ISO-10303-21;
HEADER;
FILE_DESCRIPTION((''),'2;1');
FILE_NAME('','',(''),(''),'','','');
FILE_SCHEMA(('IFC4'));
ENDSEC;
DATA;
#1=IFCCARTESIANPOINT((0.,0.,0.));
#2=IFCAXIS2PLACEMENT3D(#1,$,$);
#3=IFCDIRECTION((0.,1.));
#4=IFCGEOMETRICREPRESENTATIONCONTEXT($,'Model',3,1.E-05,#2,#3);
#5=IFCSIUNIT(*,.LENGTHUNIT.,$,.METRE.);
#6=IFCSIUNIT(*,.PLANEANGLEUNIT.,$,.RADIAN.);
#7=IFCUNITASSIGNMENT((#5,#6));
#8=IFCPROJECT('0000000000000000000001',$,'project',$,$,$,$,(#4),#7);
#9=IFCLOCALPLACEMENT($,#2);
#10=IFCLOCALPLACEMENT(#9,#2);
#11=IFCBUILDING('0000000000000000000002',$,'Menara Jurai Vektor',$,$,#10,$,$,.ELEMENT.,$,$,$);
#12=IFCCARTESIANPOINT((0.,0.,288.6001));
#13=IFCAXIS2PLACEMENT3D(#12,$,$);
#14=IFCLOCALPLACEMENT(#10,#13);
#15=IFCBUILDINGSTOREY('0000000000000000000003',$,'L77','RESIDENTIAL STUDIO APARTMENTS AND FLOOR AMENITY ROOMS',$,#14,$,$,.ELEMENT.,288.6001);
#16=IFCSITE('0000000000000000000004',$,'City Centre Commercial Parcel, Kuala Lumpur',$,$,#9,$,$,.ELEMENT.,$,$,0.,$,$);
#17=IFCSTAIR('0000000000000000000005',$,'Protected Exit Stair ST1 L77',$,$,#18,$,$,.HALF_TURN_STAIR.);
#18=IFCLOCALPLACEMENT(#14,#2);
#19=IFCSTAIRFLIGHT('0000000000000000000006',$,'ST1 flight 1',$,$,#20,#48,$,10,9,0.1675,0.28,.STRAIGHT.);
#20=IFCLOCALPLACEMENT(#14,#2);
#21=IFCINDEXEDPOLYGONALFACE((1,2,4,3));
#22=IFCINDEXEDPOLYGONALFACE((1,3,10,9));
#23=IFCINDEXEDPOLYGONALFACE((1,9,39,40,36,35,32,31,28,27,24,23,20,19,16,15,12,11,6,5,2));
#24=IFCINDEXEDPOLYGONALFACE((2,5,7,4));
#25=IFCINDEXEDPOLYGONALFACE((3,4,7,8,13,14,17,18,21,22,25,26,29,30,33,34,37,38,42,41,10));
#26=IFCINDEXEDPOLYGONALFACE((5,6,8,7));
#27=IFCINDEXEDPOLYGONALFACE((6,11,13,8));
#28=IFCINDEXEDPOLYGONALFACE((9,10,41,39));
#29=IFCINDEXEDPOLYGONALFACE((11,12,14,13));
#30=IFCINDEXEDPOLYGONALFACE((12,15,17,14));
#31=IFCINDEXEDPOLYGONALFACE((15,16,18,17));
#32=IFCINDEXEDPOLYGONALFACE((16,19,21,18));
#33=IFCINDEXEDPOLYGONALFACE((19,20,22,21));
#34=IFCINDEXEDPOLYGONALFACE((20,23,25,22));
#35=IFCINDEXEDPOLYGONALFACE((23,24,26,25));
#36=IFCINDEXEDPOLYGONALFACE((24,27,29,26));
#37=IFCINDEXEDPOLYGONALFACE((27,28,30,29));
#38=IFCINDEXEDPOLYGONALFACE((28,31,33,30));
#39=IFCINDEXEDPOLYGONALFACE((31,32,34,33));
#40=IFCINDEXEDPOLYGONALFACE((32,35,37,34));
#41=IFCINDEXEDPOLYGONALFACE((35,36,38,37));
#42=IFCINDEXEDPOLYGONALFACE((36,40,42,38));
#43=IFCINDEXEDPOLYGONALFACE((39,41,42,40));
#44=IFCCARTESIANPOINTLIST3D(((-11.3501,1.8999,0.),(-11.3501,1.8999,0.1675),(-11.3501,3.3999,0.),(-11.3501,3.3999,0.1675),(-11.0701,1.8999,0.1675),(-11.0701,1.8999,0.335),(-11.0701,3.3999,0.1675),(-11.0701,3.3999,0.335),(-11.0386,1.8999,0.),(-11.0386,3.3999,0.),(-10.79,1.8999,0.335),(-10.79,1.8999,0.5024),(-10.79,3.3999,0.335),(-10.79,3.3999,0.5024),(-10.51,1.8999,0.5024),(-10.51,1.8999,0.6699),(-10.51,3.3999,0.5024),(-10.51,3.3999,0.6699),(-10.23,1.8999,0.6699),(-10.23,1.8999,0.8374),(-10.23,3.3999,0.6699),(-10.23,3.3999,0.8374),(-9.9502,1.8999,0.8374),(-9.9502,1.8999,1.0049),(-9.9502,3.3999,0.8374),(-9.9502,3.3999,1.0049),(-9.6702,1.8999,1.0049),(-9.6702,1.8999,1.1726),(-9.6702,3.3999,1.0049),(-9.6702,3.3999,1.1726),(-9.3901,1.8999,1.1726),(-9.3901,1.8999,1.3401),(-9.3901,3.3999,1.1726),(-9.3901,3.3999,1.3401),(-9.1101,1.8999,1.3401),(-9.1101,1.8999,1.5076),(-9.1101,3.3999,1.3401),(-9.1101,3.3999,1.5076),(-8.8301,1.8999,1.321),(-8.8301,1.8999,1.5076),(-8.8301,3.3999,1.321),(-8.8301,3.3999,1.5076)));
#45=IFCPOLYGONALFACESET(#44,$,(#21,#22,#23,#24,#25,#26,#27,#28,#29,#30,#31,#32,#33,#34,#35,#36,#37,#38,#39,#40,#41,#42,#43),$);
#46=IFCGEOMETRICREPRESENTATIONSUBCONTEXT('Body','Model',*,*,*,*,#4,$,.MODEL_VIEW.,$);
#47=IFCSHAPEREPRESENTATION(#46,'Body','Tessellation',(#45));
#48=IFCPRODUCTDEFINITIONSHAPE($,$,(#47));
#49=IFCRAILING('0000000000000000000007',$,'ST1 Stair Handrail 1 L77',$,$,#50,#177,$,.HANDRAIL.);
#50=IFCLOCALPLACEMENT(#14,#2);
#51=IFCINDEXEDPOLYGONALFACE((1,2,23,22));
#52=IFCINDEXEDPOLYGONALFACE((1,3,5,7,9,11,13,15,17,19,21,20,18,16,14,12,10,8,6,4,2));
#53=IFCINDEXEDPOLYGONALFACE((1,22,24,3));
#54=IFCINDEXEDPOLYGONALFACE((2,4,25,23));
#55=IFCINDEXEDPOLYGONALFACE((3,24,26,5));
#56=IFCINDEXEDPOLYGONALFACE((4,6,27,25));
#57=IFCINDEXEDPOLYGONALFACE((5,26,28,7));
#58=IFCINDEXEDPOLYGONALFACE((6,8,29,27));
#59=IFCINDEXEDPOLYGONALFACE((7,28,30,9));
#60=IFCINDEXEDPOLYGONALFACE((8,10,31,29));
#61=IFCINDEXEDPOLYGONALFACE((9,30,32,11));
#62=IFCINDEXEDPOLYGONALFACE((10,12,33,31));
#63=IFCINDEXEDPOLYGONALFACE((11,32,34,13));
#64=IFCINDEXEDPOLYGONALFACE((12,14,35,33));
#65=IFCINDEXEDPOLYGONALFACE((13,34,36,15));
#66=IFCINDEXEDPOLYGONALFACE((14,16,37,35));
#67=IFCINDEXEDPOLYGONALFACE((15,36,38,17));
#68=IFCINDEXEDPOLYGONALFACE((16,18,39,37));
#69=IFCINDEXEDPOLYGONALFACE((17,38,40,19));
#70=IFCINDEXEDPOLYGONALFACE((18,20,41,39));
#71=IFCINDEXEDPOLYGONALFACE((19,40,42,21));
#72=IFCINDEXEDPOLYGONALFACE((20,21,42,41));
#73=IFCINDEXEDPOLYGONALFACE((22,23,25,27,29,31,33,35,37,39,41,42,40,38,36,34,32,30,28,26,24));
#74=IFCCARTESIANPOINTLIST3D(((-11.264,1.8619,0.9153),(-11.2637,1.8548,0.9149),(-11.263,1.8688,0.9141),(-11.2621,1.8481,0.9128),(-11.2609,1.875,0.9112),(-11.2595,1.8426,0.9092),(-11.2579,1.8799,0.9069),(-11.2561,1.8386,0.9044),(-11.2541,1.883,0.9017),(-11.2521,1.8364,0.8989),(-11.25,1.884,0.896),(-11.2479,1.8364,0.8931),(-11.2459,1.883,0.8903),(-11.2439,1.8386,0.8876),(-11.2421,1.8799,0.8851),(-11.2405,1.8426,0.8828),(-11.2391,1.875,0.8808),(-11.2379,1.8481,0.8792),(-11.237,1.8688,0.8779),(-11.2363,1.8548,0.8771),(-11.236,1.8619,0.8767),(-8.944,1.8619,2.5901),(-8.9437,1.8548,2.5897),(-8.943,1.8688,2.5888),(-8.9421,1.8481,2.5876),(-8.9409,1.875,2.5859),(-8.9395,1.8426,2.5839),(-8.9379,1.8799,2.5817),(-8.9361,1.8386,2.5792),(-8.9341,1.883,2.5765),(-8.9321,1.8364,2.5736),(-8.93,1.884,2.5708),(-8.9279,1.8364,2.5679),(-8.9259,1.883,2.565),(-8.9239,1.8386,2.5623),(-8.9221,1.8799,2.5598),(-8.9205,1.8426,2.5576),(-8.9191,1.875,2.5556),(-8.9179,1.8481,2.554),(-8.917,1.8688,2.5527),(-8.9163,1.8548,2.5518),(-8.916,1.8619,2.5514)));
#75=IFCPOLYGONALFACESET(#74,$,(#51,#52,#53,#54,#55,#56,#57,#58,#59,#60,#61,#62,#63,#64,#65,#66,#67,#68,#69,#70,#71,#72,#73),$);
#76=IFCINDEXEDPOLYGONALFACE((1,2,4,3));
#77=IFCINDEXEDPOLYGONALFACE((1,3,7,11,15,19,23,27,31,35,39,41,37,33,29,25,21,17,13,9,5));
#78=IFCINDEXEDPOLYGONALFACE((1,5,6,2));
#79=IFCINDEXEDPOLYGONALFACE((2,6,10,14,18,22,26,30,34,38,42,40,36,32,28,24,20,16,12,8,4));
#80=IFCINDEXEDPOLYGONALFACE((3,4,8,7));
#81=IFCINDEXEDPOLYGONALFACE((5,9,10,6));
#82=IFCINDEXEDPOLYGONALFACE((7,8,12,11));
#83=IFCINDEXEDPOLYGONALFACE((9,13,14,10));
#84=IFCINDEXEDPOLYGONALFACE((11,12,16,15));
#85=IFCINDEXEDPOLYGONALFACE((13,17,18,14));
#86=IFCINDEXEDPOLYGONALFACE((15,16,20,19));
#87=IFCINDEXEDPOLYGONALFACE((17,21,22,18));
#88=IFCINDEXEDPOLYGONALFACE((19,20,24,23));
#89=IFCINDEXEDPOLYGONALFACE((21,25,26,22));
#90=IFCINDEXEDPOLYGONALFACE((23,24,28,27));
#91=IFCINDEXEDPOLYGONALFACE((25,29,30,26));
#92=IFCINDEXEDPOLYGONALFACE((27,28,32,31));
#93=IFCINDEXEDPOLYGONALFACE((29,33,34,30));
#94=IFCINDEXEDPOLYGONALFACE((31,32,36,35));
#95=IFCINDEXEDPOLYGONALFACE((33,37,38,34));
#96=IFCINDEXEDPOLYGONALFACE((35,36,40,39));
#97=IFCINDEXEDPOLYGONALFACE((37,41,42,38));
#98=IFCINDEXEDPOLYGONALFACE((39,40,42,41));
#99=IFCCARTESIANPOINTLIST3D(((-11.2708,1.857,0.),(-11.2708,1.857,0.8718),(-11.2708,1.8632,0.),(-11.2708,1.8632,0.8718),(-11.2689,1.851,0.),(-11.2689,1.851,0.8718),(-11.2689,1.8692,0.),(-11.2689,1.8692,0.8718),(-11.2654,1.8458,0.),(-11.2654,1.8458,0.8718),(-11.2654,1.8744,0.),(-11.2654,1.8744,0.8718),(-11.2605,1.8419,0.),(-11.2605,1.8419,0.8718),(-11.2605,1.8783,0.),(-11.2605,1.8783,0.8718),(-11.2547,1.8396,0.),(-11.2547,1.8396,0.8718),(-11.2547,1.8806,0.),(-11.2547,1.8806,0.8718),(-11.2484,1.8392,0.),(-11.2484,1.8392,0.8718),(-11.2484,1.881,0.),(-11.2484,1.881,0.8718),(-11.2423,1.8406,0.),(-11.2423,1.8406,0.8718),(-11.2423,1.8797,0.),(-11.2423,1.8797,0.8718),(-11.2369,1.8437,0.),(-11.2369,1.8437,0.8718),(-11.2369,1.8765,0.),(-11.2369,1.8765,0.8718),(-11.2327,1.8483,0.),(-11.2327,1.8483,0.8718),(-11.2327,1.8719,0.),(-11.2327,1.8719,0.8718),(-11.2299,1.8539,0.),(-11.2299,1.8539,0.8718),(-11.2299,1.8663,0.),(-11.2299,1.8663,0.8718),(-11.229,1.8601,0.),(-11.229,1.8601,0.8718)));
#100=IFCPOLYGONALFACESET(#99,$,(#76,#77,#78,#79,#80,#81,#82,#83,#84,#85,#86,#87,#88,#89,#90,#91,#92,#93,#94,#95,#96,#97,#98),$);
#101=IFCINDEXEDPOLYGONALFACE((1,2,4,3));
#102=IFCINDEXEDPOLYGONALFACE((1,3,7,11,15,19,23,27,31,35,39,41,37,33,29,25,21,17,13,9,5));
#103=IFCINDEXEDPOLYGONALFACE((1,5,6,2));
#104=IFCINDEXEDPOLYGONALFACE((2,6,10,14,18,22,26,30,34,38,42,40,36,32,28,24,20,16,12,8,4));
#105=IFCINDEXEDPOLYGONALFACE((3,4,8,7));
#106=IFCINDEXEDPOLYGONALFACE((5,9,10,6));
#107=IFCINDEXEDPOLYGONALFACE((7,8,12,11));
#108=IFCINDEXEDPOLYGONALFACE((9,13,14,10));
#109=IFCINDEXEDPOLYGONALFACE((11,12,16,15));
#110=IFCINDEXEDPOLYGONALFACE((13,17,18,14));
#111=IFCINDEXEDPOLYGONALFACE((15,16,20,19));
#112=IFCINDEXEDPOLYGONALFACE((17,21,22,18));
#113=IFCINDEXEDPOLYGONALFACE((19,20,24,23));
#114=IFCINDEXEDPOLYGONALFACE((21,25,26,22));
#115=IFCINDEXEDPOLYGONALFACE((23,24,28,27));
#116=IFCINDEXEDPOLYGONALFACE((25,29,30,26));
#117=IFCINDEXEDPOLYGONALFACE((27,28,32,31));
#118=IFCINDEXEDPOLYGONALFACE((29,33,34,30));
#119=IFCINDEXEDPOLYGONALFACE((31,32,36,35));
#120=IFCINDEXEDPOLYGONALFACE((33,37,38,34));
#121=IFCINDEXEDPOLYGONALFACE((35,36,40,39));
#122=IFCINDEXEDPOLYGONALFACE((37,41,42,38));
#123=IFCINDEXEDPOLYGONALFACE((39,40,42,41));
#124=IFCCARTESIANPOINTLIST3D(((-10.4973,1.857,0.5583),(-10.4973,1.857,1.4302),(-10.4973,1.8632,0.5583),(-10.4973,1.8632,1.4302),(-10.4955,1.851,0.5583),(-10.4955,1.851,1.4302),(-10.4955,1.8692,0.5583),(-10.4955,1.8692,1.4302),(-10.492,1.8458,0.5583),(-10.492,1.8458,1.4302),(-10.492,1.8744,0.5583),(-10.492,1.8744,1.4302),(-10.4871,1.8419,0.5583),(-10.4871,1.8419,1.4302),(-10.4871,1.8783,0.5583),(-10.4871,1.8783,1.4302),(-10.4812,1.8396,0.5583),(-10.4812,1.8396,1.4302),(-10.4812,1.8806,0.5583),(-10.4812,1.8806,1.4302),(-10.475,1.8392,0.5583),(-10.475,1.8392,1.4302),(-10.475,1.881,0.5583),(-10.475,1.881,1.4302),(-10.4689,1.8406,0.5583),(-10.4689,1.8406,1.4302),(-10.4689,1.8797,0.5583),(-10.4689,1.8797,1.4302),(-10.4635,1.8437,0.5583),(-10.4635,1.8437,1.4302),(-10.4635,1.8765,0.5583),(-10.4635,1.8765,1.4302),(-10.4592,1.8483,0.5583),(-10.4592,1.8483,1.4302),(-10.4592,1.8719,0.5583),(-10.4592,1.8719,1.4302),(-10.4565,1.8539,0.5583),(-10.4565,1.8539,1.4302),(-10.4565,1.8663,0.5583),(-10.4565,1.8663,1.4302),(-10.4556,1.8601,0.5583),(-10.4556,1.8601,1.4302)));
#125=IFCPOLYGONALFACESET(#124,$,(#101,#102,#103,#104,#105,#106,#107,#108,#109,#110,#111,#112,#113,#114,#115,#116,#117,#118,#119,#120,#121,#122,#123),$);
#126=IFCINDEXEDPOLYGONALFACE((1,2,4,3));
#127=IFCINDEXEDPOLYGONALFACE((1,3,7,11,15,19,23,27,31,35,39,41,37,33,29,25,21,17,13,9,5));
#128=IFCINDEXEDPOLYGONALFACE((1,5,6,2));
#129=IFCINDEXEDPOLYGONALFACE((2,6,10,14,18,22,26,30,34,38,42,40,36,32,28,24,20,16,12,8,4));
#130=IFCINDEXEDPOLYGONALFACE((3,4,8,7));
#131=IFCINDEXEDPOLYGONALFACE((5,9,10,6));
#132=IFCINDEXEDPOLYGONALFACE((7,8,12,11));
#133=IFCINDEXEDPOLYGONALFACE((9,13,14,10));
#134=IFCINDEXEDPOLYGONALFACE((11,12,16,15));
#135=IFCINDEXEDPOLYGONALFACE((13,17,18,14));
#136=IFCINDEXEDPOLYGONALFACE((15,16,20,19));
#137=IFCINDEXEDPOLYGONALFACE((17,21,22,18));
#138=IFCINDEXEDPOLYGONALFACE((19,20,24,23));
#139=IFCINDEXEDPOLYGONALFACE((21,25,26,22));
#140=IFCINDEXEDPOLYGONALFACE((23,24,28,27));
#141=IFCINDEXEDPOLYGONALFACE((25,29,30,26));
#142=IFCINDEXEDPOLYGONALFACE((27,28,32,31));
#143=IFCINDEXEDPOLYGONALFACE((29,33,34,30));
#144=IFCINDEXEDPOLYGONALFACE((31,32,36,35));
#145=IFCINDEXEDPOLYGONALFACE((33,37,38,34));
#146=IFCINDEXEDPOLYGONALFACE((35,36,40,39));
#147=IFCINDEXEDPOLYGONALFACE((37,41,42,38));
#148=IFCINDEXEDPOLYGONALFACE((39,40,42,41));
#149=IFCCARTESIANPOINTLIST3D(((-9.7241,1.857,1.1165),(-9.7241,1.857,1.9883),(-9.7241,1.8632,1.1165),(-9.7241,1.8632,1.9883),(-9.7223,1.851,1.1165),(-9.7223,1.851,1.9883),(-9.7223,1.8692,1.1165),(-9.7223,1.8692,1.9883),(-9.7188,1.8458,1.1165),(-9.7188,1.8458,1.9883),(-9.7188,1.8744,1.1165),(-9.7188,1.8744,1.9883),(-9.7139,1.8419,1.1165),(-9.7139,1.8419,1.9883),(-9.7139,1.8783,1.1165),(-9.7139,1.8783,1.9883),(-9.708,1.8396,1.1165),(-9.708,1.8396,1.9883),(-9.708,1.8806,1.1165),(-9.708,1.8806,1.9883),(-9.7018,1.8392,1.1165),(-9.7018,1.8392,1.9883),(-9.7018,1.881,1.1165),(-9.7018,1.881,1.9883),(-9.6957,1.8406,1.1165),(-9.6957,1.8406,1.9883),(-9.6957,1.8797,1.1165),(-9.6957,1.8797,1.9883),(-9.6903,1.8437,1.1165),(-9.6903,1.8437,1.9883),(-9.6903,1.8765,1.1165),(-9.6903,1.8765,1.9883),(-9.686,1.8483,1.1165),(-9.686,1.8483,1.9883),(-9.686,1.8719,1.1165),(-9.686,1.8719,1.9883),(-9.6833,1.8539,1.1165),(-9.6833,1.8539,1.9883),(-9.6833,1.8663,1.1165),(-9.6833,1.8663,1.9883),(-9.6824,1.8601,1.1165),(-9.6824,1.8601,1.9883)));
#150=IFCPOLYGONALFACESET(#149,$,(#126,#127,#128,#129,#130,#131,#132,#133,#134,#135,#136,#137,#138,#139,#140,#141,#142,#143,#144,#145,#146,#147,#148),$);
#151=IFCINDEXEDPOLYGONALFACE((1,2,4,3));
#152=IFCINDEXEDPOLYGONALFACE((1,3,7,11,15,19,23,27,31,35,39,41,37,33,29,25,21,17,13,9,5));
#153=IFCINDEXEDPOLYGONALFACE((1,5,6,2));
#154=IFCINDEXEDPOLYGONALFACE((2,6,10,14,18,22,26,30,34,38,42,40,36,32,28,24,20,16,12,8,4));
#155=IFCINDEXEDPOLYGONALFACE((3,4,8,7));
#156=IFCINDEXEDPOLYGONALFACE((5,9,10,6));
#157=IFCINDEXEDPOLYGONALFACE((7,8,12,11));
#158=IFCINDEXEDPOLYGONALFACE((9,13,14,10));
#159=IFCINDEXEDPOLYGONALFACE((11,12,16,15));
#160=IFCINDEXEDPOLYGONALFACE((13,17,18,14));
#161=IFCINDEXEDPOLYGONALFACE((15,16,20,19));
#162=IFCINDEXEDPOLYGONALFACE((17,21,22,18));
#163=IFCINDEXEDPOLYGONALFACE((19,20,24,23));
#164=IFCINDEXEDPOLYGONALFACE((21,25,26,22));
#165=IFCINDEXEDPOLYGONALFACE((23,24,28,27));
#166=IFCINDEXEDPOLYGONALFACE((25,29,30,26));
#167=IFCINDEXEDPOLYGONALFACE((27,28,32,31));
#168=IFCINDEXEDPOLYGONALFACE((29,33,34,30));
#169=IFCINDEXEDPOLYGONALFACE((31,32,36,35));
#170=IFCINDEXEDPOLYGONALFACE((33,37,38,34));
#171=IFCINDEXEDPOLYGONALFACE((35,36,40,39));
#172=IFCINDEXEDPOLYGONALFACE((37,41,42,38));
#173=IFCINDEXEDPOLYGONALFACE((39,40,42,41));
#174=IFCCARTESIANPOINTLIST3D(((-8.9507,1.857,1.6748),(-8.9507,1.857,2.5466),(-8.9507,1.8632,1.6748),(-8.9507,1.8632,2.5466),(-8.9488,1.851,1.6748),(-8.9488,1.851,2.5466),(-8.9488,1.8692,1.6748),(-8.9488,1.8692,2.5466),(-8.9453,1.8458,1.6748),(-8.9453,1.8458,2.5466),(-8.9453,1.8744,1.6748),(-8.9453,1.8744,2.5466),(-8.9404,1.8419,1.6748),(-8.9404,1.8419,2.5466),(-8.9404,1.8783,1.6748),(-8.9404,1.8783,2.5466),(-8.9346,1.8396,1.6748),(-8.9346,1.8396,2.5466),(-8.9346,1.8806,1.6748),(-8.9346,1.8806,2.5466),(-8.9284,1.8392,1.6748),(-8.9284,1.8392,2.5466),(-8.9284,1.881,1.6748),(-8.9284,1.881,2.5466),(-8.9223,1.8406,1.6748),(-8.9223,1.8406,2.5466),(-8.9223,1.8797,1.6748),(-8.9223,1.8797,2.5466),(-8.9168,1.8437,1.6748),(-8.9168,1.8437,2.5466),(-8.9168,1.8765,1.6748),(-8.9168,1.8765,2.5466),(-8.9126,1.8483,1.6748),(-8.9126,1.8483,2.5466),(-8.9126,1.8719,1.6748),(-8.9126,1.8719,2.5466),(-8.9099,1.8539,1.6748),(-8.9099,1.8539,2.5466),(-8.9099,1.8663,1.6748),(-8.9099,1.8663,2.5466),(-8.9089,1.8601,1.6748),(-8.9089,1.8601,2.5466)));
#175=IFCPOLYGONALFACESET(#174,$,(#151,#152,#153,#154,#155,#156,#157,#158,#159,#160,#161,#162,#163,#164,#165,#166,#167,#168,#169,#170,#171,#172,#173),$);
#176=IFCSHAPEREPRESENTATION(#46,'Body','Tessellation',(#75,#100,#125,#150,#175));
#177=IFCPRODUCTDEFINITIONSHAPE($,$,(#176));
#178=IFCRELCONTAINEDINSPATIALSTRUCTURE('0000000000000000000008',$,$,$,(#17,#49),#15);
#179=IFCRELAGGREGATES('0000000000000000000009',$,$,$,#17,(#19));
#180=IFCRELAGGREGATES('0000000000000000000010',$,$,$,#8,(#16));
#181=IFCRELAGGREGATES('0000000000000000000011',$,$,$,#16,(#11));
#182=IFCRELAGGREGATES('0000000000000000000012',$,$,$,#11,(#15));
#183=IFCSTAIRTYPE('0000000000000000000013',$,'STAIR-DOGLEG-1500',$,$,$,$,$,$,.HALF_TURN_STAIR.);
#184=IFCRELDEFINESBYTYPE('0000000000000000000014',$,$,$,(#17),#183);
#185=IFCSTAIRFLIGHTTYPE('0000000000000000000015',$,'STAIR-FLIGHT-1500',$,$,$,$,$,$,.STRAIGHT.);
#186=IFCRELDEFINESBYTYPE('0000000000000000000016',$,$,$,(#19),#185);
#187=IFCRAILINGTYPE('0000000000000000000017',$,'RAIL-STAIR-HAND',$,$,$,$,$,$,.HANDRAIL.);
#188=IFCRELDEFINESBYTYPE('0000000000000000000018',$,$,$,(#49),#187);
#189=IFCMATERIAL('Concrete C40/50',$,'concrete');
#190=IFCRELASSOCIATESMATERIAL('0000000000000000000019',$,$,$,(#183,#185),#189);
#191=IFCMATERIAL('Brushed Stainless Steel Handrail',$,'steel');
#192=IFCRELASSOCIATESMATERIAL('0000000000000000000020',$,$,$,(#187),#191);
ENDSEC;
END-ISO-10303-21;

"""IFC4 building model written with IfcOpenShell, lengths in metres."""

from ifc_helpers import new_model, si_unit, direction, frame, origin, origin_2d, place, context, subcontext, project, spatial, polyline, circle, outline, extrude, material, type_object, element, aggregate, save


model = new_model("IFC4")

# Units and contexts
model_context = context("Model", 3, precision=1e-05, world=origin(), true_north=direction((0.0, 1.0)))
body_context = subcontext(model_context, "Body", "Model", "MODEL_VIEW")
ifc_project = project(units=[si_unit("LENGTHUNIT", "METRE"), si_unit("PLANEANGLEUNIT", "RADIAN")], contexts=[model_context])

# Site, building, storey
site_placement = place(None, origin())
site = spatial("IfcSite", under=ifc_project, at=site_placement, Name="City Centre Commercial Parcel, Kuala Lumpur", CompositionType="ELEMENT", RefElevation=0.0)
building_placement = place(site_placement, origin())
building = spatial("IfcBuilding", under=site, at=building_placement, Name="Menara Jurai Vektor", CompositionType="ELEMENT")
storey_placement = place(building_placement, frame((0.0, 0.0, 288.6001)))
storey = spatial("IfcBuildingStorey", under=building, at=storey_placement, Name="L77", Description="RESIDENTIAL STUDIO APARTMENTS AND FLOOR AMENITY ROOMS", CompositionType="ELEMENT", Elevation=288.6001)

# Shared definitions
ifc_material_1 = material(Name="Concrete C40/50", Category="concrete")

# Stair, stair flight
stair_type = type_object("IfcStairType", Name="STAIR-DOGLEG-1500", PredefinedType="HALF_TURN_STAIR", material=ifc_material_1)
stair_placement = place(storey_placement, origin())
stair = element("IfcStair", 1, at=stair_placement, inside=storey, type_object=stair_type, Name="Protected Exit Stair ST1 L77", PredefinedType="HALF_TURN_STAIR")
stair_flight_type = type_object("IfcStairFlightType", Name="STAIR-FLIGHT-1500", PredefinedType="STRAIGHT", material=ifc_material_1)
stair_flight_placement = place(storey_placement, frame((-11.3501, 2.6499, 0.0), z_axis=(0.0, 0.0, 1.0), x_axis=(1.0, 0.0, 0.0)))
stair_flight = element("IfcStairFlight", 2, at=stair_flight_placement, type_object=stair_flight_type, Name="ST1 flight 1", NumberOfRisers=10, NumberOfTreads=9, PredefinedType="STRAIGHT", RiserHeight=0.1675, TreadLength=0.28, context=body_context, shape_type="SweptSolid", body=[
    extrude(outline(polyline([(0.0, 0.0), (0.0, 0.1675), (0.28, 0.1675), (0.28, 0.335), (0.5601, 0.335), (0.5601, 0.5024), (0.8401, 0.5024), (0.8401, 0.6699), (1.1201, 0.6699), (1.1201, 0.8374), (1.3999, 0.8374), (1.3999, 1.0049), (1.6799, 1.0049), (1.6799, 1.1726), (1.96, 1.1726), (1.96, 1.3401), (2.24, 1.3401), (2.24, 1.5076), (2.52, 1.5076), (2.52, 1.675), (2.52, 1.321), (0.3115, 0.0), (0.0, 0.0)])), frame((0.0, 0.75, 0.0), z_axis=(0.0, -1.0, 0.0), x_axis=(1.0, 0.0, 0.0)), (0.0, 0.0, 1.0), 1.5),
])
aggregate(stair, [stair_flight])

# Railing
ifc_material_2 = material(Name="Brushed Stainless Steel Handrail", Category="steel")
railing_type_1 = type_object("IfcRailingType", Name="RAIL-STAIR-HAND", PredefinedType="HANDRAIL", material=ifc_material_2)
railing_1_placement = place(storey_placement, frame((-11.25, 1.8601, 0.0)))
element("IfcRailing", 3, at=railing_1_placement, inside=storey, type_object=railing_type_1, Name="ST1 Stair Handrail 1 L77", PredefinedType="HANDRAIL", context=body_context, shape_type="SweptSolid", body=[
    extrude(circle(Radius=0.0239, at=origin_2d()), frame((0.0, 0.0, 0.896), z_axis=(0.810812, 0.0, 0.585307), x_axis=(0.0, 1.0, 0.0)), (0.0, 0.0, 1.0), 2.8613),
    extrude(circle(Radius=0.021, at=origin_2d()), origin(), (0.0, 0.0, 1.0), 0.8718),
    extrude(circle(Radius=0.021, at=origin_2d()), frame((0.7734, 0.0, 0.5583)), (0.0, 0.0, 1.0), 0.8718),
    extrude(circle(Radius=0.021, at=origin_2d()), frame((1.5466, 0.0, 1.1165)), (0.0, 0.0, 1.0), 0.8718),
    extrude(circle(Radius=0.021, at=origin_2d()), frame((2.3201, 0.0, 1.6748)), (0.0, 0.0, 1.0), 0.8718),
])

save(model, "model.ifc")
